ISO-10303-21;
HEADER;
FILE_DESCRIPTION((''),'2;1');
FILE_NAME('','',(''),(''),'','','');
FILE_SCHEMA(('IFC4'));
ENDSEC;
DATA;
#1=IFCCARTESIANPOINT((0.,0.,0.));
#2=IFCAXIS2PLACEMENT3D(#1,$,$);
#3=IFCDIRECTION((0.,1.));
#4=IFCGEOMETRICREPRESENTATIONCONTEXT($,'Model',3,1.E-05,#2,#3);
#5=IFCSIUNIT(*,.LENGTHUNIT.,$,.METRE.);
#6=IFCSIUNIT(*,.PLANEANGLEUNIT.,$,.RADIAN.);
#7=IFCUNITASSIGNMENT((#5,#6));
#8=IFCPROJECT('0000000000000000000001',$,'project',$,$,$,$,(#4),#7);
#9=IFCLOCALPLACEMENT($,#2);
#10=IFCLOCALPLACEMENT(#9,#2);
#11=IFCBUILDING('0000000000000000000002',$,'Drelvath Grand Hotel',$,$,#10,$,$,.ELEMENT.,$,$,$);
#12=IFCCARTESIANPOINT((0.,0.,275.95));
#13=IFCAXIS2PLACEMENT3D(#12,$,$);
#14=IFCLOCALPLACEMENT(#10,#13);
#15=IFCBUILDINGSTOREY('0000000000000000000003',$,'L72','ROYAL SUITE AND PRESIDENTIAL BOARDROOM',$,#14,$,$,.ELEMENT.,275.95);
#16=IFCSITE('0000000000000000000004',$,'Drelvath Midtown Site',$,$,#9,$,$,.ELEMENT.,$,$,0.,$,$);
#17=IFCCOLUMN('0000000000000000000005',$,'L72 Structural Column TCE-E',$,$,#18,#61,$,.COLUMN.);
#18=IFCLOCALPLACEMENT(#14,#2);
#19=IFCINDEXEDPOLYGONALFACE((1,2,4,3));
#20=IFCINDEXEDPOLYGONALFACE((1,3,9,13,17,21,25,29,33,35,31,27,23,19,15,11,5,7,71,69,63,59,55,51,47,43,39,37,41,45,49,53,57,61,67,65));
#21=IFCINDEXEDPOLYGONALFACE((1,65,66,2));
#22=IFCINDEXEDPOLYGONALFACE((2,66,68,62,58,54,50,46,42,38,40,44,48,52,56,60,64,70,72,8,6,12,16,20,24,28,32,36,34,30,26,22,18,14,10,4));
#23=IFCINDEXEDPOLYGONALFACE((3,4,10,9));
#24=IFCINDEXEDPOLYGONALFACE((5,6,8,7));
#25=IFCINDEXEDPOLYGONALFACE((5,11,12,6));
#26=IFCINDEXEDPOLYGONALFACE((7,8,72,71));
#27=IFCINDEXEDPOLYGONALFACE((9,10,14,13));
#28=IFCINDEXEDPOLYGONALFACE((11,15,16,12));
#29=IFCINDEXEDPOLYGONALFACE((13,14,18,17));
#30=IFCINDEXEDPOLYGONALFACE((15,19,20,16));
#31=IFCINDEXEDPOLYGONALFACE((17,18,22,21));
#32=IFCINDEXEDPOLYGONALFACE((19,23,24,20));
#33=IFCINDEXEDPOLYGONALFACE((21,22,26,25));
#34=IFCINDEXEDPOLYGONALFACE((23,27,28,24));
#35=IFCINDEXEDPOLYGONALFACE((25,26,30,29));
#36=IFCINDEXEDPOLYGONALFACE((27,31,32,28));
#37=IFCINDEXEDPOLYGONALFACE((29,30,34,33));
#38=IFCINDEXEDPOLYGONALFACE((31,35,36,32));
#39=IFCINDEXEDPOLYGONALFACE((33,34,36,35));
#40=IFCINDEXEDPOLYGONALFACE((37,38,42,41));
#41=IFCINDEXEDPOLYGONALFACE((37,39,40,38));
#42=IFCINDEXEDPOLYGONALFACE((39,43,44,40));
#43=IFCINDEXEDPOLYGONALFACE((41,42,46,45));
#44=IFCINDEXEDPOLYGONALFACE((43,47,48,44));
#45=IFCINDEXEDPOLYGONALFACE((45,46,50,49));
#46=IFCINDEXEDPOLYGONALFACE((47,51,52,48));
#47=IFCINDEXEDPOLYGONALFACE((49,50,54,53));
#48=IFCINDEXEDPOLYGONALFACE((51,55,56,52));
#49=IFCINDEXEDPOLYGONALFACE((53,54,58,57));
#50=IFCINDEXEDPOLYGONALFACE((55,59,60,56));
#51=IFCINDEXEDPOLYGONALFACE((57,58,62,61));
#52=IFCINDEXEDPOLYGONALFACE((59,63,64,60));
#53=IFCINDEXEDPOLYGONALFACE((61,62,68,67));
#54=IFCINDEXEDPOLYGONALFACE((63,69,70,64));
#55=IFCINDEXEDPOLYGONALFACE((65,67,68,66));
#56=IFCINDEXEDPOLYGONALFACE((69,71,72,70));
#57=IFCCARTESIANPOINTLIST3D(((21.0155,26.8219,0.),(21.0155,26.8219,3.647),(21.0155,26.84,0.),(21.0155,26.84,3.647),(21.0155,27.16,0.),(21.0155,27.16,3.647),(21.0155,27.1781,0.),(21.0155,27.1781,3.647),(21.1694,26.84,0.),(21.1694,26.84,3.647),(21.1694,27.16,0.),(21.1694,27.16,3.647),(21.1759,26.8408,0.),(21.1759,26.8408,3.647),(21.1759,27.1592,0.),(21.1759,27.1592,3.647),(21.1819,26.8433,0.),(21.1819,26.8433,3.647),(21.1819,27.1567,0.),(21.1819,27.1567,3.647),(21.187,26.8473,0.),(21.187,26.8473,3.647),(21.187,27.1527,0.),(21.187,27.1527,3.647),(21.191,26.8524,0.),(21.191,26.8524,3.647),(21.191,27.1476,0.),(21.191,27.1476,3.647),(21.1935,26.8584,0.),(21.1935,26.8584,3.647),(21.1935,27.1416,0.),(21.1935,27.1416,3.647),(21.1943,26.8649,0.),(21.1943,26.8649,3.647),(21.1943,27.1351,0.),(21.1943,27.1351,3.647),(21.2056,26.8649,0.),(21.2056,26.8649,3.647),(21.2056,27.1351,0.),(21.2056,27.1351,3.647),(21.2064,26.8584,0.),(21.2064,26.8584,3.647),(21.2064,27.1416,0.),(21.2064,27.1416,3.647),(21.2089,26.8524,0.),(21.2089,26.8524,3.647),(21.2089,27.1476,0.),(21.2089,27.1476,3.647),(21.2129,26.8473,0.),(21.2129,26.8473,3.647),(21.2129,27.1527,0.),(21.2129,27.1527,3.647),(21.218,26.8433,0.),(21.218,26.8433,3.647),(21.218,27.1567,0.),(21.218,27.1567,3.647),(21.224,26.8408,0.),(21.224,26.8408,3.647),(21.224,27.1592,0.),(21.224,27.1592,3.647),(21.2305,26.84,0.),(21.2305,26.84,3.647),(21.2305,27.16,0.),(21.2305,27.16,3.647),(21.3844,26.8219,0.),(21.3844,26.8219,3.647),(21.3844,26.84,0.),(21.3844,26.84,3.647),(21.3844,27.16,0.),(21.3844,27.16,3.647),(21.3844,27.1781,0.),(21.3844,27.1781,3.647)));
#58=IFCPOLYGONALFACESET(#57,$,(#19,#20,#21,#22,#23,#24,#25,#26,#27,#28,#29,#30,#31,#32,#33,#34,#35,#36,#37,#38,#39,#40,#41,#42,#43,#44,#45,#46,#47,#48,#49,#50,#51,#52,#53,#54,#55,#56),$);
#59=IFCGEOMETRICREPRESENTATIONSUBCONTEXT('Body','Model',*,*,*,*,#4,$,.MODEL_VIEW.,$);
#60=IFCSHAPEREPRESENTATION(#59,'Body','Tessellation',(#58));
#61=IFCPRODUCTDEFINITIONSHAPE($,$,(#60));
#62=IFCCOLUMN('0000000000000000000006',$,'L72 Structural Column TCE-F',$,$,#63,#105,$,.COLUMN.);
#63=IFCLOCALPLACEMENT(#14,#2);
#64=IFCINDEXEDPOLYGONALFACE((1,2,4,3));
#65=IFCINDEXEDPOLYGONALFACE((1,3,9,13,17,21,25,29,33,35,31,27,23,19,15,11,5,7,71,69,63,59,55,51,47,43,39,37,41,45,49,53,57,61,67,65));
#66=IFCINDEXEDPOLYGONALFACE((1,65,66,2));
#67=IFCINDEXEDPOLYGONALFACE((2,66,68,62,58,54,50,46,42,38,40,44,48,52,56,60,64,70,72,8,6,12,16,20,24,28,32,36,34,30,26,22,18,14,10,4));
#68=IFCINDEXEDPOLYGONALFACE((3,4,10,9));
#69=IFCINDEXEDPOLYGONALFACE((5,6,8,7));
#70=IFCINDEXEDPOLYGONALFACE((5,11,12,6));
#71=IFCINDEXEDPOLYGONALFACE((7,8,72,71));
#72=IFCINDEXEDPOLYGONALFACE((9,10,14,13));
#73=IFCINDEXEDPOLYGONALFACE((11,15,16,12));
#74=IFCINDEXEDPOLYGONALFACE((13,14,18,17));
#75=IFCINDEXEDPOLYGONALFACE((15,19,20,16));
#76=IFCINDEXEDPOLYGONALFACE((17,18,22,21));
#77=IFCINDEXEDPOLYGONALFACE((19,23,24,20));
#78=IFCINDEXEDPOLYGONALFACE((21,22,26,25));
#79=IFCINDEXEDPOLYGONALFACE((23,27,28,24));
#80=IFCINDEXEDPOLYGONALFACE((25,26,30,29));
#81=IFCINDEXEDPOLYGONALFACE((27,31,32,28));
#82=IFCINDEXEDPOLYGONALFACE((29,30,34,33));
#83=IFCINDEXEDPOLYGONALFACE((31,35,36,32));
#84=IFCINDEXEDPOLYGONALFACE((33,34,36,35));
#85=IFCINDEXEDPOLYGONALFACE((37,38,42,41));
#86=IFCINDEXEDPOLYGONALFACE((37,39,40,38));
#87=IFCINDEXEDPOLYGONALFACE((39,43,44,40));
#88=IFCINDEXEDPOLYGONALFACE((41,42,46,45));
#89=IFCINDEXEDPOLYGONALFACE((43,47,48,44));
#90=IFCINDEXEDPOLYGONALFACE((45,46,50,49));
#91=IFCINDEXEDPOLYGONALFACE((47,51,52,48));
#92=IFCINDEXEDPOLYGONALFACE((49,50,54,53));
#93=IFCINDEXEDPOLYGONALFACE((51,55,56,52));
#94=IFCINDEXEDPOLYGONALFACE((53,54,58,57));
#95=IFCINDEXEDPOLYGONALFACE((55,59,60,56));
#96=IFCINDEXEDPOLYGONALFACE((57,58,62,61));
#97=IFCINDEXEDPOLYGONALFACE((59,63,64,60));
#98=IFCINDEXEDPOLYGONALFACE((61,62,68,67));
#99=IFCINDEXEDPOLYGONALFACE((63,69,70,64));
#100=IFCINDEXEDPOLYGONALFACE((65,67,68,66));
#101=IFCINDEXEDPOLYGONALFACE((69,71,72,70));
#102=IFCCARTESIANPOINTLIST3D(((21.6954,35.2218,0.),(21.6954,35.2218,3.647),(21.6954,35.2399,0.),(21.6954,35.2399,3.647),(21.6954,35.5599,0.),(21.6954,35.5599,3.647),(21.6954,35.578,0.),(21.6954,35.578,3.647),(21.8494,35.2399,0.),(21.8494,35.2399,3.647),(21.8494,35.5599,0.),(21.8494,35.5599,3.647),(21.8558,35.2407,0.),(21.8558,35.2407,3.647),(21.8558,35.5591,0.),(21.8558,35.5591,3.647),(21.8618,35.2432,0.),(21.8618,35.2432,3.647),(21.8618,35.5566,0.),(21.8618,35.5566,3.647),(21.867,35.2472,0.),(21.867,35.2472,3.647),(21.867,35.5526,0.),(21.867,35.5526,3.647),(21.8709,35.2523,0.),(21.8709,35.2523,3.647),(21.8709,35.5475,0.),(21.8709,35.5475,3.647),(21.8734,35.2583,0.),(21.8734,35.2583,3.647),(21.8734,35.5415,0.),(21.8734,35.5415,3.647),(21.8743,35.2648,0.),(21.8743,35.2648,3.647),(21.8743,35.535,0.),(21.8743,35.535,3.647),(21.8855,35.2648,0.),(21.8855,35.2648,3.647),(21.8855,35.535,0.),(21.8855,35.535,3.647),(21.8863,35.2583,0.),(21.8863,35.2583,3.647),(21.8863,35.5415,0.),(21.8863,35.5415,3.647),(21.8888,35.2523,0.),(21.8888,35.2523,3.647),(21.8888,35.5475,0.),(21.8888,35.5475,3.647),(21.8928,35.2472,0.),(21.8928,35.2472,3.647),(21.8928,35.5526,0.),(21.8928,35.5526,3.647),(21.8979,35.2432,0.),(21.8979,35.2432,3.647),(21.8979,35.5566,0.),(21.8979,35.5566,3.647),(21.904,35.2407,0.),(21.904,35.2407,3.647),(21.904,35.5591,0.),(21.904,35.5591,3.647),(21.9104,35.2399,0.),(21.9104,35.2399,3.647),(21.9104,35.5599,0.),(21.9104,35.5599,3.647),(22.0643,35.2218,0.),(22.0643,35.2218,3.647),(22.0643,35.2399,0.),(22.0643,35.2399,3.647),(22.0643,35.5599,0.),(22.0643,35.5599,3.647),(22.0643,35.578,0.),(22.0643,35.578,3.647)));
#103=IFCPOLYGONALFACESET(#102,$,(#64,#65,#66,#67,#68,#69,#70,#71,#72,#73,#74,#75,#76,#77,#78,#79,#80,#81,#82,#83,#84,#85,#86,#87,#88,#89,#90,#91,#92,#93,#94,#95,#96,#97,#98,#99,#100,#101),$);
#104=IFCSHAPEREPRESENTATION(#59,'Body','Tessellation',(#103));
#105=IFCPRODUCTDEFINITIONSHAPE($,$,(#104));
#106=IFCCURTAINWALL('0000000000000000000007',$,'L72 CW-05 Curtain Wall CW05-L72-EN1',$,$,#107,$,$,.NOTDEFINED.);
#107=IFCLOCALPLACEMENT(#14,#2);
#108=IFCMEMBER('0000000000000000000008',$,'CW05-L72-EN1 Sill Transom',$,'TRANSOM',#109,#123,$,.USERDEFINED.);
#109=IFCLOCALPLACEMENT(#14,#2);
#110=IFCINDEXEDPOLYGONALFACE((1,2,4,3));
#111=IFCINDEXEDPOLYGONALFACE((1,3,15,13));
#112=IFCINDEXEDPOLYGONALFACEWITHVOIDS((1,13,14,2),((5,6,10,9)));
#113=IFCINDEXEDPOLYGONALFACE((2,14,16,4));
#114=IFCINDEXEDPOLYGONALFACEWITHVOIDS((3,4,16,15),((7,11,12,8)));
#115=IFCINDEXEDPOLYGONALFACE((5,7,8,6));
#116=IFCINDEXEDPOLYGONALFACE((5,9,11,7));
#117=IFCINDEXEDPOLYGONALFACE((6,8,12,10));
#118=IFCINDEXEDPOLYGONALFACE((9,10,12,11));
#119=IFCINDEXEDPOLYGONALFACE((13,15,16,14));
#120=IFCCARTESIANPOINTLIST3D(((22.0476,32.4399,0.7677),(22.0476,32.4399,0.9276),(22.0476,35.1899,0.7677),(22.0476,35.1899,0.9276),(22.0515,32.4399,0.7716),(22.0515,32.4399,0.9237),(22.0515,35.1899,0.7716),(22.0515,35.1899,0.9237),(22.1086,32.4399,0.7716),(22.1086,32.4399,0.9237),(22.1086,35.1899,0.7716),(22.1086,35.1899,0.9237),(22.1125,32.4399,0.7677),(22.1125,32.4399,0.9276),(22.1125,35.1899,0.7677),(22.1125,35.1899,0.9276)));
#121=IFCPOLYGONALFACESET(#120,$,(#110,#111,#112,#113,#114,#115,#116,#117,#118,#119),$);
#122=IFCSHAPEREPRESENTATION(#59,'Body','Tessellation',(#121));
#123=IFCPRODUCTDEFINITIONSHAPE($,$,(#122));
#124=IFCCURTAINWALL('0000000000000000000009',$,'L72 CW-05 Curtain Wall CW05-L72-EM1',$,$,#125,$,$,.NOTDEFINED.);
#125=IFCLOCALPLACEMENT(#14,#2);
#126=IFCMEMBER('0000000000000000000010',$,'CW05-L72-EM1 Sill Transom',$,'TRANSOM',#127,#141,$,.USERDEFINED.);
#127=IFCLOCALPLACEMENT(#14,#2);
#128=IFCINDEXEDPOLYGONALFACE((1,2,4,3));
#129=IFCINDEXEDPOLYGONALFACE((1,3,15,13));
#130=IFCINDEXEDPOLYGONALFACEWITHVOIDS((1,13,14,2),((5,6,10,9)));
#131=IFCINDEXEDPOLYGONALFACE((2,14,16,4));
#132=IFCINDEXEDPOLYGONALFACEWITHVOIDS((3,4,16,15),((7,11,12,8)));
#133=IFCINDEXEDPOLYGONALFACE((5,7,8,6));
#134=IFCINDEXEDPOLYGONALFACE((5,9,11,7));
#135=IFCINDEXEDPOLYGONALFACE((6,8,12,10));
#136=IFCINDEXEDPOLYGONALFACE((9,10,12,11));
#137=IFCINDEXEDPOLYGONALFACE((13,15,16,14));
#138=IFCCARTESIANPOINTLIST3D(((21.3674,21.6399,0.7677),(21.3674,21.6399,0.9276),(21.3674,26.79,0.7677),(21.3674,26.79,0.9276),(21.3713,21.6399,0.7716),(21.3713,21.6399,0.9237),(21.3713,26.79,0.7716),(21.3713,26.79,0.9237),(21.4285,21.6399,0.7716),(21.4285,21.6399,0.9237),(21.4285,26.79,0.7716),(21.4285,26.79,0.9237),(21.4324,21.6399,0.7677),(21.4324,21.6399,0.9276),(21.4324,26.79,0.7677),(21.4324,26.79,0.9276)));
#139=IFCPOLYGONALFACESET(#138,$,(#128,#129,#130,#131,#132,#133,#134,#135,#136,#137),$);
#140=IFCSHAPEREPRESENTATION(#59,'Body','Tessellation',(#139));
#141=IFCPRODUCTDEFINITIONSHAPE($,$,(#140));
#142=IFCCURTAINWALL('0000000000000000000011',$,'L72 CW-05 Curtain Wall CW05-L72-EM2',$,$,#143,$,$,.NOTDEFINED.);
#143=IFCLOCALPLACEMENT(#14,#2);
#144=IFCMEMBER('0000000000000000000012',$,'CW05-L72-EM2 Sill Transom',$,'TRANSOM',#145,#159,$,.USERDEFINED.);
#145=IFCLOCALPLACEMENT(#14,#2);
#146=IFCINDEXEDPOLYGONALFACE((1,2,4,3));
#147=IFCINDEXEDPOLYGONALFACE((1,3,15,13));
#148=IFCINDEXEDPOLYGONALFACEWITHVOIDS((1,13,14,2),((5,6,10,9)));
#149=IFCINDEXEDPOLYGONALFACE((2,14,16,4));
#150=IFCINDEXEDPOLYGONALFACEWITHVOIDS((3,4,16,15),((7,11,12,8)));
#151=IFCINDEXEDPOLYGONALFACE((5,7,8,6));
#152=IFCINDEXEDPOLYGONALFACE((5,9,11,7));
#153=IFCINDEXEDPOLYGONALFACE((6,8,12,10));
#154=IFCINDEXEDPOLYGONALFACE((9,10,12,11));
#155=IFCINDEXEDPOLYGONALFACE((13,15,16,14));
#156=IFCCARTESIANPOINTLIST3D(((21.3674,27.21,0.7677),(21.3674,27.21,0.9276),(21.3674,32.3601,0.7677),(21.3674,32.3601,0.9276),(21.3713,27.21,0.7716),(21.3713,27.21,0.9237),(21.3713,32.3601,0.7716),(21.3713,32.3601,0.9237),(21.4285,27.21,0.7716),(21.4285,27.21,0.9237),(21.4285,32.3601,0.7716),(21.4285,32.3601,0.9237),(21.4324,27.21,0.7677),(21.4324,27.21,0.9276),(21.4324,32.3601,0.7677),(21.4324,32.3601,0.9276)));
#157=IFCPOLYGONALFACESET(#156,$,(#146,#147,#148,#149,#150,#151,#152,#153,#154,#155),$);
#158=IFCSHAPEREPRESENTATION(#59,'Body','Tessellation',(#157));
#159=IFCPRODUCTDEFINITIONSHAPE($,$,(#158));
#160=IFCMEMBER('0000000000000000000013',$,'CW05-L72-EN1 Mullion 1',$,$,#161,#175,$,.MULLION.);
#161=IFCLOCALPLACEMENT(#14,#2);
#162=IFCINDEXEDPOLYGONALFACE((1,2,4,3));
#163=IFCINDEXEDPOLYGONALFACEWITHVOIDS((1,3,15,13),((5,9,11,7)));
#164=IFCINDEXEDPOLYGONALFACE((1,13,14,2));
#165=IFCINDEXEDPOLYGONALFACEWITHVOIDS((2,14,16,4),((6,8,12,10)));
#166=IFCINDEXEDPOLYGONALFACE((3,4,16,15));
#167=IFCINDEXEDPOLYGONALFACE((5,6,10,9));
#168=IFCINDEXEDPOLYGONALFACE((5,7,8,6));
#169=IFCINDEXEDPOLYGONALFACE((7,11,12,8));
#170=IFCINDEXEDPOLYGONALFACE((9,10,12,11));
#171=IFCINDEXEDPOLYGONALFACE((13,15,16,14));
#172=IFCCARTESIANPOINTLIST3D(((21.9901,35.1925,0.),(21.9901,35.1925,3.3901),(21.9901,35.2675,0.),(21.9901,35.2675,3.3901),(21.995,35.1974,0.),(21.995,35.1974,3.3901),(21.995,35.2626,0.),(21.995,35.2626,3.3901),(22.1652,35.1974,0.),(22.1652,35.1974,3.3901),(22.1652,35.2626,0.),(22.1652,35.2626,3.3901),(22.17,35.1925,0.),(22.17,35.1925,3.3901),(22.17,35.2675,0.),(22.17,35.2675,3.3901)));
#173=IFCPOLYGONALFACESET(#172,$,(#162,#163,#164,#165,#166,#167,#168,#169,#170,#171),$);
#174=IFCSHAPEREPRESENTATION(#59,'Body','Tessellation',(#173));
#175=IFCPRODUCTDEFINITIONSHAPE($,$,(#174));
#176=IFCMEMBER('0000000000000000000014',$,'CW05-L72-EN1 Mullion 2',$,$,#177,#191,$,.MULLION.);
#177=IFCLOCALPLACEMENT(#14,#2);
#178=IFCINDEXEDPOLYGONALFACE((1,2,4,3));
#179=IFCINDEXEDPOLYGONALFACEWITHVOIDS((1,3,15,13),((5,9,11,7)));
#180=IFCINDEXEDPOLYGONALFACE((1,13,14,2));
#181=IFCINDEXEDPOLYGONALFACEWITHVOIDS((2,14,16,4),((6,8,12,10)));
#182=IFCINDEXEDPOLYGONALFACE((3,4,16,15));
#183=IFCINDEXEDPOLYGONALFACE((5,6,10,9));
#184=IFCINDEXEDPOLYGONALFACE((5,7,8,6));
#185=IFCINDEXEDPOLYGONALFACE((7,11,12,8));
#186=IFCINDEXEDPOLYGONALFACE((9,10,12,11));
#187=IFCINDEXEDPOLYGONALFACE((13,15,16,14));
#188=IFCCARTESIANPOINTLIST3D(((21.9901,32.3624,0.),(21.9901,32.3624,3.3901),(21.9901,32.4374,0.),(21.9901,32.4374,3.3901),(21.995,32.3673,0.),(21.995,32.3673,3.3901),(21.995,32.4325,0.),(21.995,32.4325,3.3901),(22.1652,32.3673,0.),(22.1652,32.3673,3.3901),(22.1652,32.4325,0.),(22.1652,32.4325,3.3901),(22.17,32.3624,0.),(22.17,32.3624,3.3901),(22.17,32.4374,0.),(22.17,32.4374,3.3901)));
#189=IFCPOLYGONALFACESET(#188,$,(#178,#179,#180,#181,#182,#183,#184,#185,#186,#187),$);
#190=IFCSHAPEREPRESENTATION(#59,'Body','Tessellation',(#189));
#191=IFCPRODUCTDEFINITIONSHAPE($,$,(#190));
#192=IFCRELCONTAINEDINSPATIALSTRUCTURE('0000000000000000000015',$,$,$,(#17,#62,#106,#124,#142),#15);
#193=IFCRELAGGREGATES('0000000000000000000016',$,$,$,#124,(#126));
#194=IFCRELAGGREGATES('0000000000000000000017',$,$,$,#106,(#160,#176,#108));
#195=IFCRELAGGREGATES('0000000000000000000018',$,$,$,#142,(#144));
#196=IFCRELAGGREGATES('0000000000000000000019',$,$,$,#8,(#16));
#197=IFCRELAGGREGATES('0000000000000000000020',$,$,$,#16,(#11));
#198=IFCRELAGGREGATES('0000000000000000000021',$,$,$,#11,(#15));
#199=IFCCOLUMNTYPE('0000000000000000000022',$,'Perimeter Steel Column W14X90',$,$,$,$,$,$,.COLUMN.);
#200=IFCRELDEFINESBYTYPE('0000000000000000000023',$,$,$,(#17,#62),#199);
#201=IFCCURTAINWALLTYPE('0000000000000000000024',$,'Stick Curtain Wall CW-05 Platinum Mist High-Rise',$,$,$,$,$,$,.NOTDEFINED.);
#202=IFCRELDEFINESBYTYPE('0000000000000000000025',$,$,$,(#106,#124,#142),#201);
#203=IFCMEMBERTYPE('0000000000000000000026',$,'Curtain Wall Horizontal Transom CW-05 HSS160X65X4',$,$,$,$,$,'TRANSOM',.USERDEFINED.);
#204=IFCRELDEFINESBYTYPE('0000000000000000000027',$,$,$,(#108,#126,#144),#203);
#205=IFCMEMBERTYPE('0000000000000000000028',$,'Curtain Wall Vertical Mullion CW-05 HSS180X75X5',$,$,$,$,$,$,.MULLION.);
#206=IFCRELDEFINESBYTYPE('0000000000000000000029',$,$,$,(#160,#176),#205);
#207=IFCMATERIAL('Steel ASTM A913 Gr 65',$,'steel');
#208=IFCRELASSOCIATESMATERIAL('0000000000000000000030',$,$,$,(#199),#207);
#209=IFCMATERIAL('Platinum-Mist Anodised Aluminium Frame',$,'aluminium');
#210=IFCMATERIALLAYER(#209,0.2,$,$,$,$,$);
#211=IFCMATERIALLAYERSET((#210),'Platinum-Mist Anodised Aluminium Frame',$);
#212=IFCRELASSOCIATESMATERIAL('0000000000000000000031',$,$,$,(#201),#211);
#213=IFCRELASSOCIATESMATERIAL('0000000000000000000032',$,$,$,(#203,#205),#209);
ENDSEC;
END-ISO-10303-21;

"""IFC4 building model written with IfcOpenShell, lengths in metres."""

from ifc_helpers import new_model, si_unit, direction, frame, origin, origin_2d, place, context, subcontext, project, spatial, hollow_rectangle, i_section, extrude, material, layer, layer_set, material_profile, profile_set, type_object, element, aggregate, save


model = new_model("IFC4")

# Units and contexts
model_context = context("Model", 3, precision=1e-05, world=origin(), true_north=direction((0.0, 1.0)))
body_context = subcontext(model_context, "Body", "Model", "MODEL_VIEW")
ifc_project = project(units=[si_unit("LENGTHUNIT", "METRE"), si_unit("PLANEANGLEUNIT", "RADIAN")], contexts=[model_context])

# Site, building, storey
site_placement = place(None, origin())
site = spatial("IfcSite", under=ifc_project, at=site_placement, Name="Drelvath Midtown Site", CompositionType="ELEMENT", RefElevation=0.0)
building_placement = place(site_placement, origin())
building = spatial("IfcBuilding", under=site, at=building_placement, Name="Drelvath Grand Hotel", CompositionType="ELEMENT")
storey_placement = place(building_placement, frame((0.0, 0.0, 275.95)))
storey = spatial("IfcBuildingStorey", under=building, at=storey_placement, Name="L72", Description="ROYAL SUITE AND PRESIDENTIAL BOARDROOM", CompositionType="ELEMENT", Elevation=275.95)

# Columns
ifc_material_1 = material(Name="Steel ASTM A913 Gr 65", Category="steel")
ifc_material_profile_1 = material_profile(ifc_material_1, i_section(OverallWidth=0.3689, OverallDepth=0.3562, WebThickness=0.0112, FlangeThickness=0.0181, FilletRadius=0.0249, at=origin_2d()), Name="W14X90")
ifc_profile_set_1 = profile_set([ifc_material_profile_1], Name="Steel ASTM A913 Gr 65")
column_type = type_object("IfcColumnType", Name="Perimeter Steel Column W14X90", PredefinedType="COLUMN", material=ifc_profile_set_1)
for number, where, z_axis, x_axis, name in (
    (1, (21.2, 27.0, 0.0), (0.0, 0.0, 1.0), (1.0, 0.0, 0.0), "L72 Structural Column TCE-E"),
    (2, (21.8799, 35.3999, 0.0), (0.0, 0.0, 1.0), (1.0, 0.0, 0.0), "L72 Structural Column TCE-F"),
):
    element("IfcColumn", number, at=place(storey_placement, frame(where, z_axis=z_axis, x_axis=x_axis)), inside=storey, type_object=column_type, Name=name, PredefinedType="COLUMN", context=body_context, shape_type="SweptSolid", body=[
        extrude(i_section(OverallWidth=0.3689, OverallDepth=0.3562, WebThickness=0.0112, FlangeThickness=0.0181, FilletRadius=0.0249, at=origin_2d()), origin(), (0.0, 0.0, 1.0), 3.647),
    ])

# Curtain walls, members
ifc_material_2 = material(Name="Platinum-Mist Anodised Aluminium Frame", Category="aluminium")
ifc_layer_1 = layer(ifc_material_2, 0.2)
ifc_layer_set_1 = layer_set([ifc_layer_1], Name="Platinum-Mist Anodised Aluminium Frame")
curtain_wall_type = type_object("IfcCurtainWallType", Name="Stick Curtain Wall CW-05 Platinum Mist High-Rise", PredefinedType="NOTDEFINED", material=ifc_layer_set_1)
curtain_wall_1_placement = place(storey_placement, origin())
curtain_wall_1 = element("IfcCurtainWall", 3, at=curtain_wall_1_placement, inside=storey, type_object=curtain_wall_type, Name="L72 CW-05 Curtain Wall CW05-L72-EN1", PredefinedType="NOTDEFINED")
ifc_material_profile_2 = material_profile(ifc_material_2, hollow_rectangle(XDim=0.0649, YDim=0.1599, WallThickness=0.0039, at=origin_2d()), Name="HSS160X65X4")
ifc_profile_set_2 = profile_set([ifc_material_profile_2], Name="Platinum-Mist Anodised Aluminium Frame")
member_type_1 = type_object("IfcMemberType", Name="Curtain Wall Horizontal Transom CW-05 HSS160X65X4", ElementType="TRANSOM", PredefinedType="USERDEFINED", material=ifc_profile_set_2)
member_1_placement = place(storey_placement, frame((22.0801, 35.1899, 0.8477), z_axis=(0.0, -1.0, 0.0), x_axis=(1.0, 0.0, 0.0)))
member_1 = element("IfcMember", 4, at=member_1_placement, type_object=member_type_1, Name="CW05-L72-EN1 Sill Transom", ObjectType="TRANSOM", PredefinedType="USERDEFINED", context=body_context, shape_type="SweptSolid", body=[
    extrude(hollow_rectangle(XDim=0.0649, YDim=0.1599, WallThickness=0.0039, at=origin_2d()), origin(), (0.0, 0.0, 1.0), 2.75),
])
curtain_wall_2_placement = place(storey_placement, origin())
curtain_wall_2 = element("IfcCurtainWall", 5, at=curtain_wall_2_placement, inside=storey, type_object=curtain_wall_type, Name="L72 CW-05 Curtain Wall CW05-L72-EM1", PredefinedType="NOTDEFINED")
member_2_placement = place(storey_placement, frame((21.3999, 26.79, 0.8477), z_axis=(0.0, -1.0, 0.0), x_axis=(1.0, 0.0, 0.0)))
member_2 = element("IfcMember", 6, at=member_2_placement, type_object=member_type_1, Name="CW05-L72-EM1 Sill Transom", ObjectType="TRANSOM", PredefinedType="USERDEFINED", context=body_context, shape_type="SweptSolid", body=[
    extrude(hollow_rectangle(XDim=0.0649, YDim=0.1599, WallThickness=0.0039, at=origin_2d()), origin(), (0.0, 0.0, 1.0), 5.1501),
])
curtain_wall_3_placement = place(storey_placement, origin())
curtain_wall_3 = element("IfcCurtainWall", 7, at=curtain_wall_3_placement, inside=storey, type_object=curtain_wall_type, Name="L72 CW-05 Curtain Wall CW05-L72-EM2", PredefinedType="NOTDEFINED")
member_3_placement = place(storey_placement, frame((21.3999, 32.3601, 0.8477), z_axis=(0.0, -1.0, 0.0), x_axis=(1.0, 0.0, 0.0)))
member_3 = element("IfcMember", 8, at=member_3_placement, type_object=member_type_1, Name="CW05-L72-EM2 Sill Transom", ObjectType="TRANSOM", PredefinedType="USERDEFINED", context=body_context, shape_type="SweptSolid", body=[
    extrude(hollow_rectangle(XDim=0.0649, YDim=0.1599, WallThickness=0.0039, at=origin_2d()), origin(), (0.0, 0.0, 1.0), 5.1501),
])

# Members
ifc_material_profile_3 = material_profile(ifc_material_2, hollow_rectangle(XDim=0.075, YDim=0.1799, WallThickness=0.0049, at=origin_2d()), Name="HSS180X75X5")
ifc_profile_set_3 = profile_set([ifc_material_profile_3], Name="Platinum-Mist Anodised Aluminium Frame")
member_type_2 = type_object("IfcMemberType", Name="Curtain Wall Vertical Mullion CW-05 HSS180X75X5", PredefinedType="MULLION", material=ifc_profile_set_3)
member_4_placement = place(storey_placement, frame((22.0801, 35.23, 0.0), z_axis=(0.0, 0.0, 1.0), x_axis=(0.0, 1.0, 0.0)))
member_4 = element("IfcMember", 9, at=member_4_placement, type_object=member_type_2, Name="CW05-L72-EN1 Mullion 1", PredefinedType="MULLION", context=body_context, shape_type="SweptSolid", body=[
    extrude(hollow_rectangle(XDim=0.075, YDim=0.1799, WallThickness=0.0049, at=origin_2d()), origin(), (0.0, 0.0, 1.0), 3.3901),
])
member_5_placement = place(storey_placement, frame((22.0801, 32.3999, 0.0), z_axis=(0.0, 0.0, 1.0), x_axis=(0.0, 1.0, 0.0)))
member_5 = element("IfcMember", 10, at=member_5_placement, type_object=member_type_2, Name="CW05-L72-EN1 Mullion 2", PredefinedType="MULLION", context=body_context, shape_type="SweptSolid", body=[
    extrude(hollow_rectangle(XDim=0.075, YDim=0.1799, WallThickness=0.0049, at=origin_2d()), origin(), (0.0, 0.0, 1.0), 3.3901),
])

aggregate(curtain_wall_2, [member_2])

aggregate(curtain_wall_1, [member_4, member_5, member_1])
aggregate(curtain_wall_3, [member_3])

save(model, "model.ifc")
